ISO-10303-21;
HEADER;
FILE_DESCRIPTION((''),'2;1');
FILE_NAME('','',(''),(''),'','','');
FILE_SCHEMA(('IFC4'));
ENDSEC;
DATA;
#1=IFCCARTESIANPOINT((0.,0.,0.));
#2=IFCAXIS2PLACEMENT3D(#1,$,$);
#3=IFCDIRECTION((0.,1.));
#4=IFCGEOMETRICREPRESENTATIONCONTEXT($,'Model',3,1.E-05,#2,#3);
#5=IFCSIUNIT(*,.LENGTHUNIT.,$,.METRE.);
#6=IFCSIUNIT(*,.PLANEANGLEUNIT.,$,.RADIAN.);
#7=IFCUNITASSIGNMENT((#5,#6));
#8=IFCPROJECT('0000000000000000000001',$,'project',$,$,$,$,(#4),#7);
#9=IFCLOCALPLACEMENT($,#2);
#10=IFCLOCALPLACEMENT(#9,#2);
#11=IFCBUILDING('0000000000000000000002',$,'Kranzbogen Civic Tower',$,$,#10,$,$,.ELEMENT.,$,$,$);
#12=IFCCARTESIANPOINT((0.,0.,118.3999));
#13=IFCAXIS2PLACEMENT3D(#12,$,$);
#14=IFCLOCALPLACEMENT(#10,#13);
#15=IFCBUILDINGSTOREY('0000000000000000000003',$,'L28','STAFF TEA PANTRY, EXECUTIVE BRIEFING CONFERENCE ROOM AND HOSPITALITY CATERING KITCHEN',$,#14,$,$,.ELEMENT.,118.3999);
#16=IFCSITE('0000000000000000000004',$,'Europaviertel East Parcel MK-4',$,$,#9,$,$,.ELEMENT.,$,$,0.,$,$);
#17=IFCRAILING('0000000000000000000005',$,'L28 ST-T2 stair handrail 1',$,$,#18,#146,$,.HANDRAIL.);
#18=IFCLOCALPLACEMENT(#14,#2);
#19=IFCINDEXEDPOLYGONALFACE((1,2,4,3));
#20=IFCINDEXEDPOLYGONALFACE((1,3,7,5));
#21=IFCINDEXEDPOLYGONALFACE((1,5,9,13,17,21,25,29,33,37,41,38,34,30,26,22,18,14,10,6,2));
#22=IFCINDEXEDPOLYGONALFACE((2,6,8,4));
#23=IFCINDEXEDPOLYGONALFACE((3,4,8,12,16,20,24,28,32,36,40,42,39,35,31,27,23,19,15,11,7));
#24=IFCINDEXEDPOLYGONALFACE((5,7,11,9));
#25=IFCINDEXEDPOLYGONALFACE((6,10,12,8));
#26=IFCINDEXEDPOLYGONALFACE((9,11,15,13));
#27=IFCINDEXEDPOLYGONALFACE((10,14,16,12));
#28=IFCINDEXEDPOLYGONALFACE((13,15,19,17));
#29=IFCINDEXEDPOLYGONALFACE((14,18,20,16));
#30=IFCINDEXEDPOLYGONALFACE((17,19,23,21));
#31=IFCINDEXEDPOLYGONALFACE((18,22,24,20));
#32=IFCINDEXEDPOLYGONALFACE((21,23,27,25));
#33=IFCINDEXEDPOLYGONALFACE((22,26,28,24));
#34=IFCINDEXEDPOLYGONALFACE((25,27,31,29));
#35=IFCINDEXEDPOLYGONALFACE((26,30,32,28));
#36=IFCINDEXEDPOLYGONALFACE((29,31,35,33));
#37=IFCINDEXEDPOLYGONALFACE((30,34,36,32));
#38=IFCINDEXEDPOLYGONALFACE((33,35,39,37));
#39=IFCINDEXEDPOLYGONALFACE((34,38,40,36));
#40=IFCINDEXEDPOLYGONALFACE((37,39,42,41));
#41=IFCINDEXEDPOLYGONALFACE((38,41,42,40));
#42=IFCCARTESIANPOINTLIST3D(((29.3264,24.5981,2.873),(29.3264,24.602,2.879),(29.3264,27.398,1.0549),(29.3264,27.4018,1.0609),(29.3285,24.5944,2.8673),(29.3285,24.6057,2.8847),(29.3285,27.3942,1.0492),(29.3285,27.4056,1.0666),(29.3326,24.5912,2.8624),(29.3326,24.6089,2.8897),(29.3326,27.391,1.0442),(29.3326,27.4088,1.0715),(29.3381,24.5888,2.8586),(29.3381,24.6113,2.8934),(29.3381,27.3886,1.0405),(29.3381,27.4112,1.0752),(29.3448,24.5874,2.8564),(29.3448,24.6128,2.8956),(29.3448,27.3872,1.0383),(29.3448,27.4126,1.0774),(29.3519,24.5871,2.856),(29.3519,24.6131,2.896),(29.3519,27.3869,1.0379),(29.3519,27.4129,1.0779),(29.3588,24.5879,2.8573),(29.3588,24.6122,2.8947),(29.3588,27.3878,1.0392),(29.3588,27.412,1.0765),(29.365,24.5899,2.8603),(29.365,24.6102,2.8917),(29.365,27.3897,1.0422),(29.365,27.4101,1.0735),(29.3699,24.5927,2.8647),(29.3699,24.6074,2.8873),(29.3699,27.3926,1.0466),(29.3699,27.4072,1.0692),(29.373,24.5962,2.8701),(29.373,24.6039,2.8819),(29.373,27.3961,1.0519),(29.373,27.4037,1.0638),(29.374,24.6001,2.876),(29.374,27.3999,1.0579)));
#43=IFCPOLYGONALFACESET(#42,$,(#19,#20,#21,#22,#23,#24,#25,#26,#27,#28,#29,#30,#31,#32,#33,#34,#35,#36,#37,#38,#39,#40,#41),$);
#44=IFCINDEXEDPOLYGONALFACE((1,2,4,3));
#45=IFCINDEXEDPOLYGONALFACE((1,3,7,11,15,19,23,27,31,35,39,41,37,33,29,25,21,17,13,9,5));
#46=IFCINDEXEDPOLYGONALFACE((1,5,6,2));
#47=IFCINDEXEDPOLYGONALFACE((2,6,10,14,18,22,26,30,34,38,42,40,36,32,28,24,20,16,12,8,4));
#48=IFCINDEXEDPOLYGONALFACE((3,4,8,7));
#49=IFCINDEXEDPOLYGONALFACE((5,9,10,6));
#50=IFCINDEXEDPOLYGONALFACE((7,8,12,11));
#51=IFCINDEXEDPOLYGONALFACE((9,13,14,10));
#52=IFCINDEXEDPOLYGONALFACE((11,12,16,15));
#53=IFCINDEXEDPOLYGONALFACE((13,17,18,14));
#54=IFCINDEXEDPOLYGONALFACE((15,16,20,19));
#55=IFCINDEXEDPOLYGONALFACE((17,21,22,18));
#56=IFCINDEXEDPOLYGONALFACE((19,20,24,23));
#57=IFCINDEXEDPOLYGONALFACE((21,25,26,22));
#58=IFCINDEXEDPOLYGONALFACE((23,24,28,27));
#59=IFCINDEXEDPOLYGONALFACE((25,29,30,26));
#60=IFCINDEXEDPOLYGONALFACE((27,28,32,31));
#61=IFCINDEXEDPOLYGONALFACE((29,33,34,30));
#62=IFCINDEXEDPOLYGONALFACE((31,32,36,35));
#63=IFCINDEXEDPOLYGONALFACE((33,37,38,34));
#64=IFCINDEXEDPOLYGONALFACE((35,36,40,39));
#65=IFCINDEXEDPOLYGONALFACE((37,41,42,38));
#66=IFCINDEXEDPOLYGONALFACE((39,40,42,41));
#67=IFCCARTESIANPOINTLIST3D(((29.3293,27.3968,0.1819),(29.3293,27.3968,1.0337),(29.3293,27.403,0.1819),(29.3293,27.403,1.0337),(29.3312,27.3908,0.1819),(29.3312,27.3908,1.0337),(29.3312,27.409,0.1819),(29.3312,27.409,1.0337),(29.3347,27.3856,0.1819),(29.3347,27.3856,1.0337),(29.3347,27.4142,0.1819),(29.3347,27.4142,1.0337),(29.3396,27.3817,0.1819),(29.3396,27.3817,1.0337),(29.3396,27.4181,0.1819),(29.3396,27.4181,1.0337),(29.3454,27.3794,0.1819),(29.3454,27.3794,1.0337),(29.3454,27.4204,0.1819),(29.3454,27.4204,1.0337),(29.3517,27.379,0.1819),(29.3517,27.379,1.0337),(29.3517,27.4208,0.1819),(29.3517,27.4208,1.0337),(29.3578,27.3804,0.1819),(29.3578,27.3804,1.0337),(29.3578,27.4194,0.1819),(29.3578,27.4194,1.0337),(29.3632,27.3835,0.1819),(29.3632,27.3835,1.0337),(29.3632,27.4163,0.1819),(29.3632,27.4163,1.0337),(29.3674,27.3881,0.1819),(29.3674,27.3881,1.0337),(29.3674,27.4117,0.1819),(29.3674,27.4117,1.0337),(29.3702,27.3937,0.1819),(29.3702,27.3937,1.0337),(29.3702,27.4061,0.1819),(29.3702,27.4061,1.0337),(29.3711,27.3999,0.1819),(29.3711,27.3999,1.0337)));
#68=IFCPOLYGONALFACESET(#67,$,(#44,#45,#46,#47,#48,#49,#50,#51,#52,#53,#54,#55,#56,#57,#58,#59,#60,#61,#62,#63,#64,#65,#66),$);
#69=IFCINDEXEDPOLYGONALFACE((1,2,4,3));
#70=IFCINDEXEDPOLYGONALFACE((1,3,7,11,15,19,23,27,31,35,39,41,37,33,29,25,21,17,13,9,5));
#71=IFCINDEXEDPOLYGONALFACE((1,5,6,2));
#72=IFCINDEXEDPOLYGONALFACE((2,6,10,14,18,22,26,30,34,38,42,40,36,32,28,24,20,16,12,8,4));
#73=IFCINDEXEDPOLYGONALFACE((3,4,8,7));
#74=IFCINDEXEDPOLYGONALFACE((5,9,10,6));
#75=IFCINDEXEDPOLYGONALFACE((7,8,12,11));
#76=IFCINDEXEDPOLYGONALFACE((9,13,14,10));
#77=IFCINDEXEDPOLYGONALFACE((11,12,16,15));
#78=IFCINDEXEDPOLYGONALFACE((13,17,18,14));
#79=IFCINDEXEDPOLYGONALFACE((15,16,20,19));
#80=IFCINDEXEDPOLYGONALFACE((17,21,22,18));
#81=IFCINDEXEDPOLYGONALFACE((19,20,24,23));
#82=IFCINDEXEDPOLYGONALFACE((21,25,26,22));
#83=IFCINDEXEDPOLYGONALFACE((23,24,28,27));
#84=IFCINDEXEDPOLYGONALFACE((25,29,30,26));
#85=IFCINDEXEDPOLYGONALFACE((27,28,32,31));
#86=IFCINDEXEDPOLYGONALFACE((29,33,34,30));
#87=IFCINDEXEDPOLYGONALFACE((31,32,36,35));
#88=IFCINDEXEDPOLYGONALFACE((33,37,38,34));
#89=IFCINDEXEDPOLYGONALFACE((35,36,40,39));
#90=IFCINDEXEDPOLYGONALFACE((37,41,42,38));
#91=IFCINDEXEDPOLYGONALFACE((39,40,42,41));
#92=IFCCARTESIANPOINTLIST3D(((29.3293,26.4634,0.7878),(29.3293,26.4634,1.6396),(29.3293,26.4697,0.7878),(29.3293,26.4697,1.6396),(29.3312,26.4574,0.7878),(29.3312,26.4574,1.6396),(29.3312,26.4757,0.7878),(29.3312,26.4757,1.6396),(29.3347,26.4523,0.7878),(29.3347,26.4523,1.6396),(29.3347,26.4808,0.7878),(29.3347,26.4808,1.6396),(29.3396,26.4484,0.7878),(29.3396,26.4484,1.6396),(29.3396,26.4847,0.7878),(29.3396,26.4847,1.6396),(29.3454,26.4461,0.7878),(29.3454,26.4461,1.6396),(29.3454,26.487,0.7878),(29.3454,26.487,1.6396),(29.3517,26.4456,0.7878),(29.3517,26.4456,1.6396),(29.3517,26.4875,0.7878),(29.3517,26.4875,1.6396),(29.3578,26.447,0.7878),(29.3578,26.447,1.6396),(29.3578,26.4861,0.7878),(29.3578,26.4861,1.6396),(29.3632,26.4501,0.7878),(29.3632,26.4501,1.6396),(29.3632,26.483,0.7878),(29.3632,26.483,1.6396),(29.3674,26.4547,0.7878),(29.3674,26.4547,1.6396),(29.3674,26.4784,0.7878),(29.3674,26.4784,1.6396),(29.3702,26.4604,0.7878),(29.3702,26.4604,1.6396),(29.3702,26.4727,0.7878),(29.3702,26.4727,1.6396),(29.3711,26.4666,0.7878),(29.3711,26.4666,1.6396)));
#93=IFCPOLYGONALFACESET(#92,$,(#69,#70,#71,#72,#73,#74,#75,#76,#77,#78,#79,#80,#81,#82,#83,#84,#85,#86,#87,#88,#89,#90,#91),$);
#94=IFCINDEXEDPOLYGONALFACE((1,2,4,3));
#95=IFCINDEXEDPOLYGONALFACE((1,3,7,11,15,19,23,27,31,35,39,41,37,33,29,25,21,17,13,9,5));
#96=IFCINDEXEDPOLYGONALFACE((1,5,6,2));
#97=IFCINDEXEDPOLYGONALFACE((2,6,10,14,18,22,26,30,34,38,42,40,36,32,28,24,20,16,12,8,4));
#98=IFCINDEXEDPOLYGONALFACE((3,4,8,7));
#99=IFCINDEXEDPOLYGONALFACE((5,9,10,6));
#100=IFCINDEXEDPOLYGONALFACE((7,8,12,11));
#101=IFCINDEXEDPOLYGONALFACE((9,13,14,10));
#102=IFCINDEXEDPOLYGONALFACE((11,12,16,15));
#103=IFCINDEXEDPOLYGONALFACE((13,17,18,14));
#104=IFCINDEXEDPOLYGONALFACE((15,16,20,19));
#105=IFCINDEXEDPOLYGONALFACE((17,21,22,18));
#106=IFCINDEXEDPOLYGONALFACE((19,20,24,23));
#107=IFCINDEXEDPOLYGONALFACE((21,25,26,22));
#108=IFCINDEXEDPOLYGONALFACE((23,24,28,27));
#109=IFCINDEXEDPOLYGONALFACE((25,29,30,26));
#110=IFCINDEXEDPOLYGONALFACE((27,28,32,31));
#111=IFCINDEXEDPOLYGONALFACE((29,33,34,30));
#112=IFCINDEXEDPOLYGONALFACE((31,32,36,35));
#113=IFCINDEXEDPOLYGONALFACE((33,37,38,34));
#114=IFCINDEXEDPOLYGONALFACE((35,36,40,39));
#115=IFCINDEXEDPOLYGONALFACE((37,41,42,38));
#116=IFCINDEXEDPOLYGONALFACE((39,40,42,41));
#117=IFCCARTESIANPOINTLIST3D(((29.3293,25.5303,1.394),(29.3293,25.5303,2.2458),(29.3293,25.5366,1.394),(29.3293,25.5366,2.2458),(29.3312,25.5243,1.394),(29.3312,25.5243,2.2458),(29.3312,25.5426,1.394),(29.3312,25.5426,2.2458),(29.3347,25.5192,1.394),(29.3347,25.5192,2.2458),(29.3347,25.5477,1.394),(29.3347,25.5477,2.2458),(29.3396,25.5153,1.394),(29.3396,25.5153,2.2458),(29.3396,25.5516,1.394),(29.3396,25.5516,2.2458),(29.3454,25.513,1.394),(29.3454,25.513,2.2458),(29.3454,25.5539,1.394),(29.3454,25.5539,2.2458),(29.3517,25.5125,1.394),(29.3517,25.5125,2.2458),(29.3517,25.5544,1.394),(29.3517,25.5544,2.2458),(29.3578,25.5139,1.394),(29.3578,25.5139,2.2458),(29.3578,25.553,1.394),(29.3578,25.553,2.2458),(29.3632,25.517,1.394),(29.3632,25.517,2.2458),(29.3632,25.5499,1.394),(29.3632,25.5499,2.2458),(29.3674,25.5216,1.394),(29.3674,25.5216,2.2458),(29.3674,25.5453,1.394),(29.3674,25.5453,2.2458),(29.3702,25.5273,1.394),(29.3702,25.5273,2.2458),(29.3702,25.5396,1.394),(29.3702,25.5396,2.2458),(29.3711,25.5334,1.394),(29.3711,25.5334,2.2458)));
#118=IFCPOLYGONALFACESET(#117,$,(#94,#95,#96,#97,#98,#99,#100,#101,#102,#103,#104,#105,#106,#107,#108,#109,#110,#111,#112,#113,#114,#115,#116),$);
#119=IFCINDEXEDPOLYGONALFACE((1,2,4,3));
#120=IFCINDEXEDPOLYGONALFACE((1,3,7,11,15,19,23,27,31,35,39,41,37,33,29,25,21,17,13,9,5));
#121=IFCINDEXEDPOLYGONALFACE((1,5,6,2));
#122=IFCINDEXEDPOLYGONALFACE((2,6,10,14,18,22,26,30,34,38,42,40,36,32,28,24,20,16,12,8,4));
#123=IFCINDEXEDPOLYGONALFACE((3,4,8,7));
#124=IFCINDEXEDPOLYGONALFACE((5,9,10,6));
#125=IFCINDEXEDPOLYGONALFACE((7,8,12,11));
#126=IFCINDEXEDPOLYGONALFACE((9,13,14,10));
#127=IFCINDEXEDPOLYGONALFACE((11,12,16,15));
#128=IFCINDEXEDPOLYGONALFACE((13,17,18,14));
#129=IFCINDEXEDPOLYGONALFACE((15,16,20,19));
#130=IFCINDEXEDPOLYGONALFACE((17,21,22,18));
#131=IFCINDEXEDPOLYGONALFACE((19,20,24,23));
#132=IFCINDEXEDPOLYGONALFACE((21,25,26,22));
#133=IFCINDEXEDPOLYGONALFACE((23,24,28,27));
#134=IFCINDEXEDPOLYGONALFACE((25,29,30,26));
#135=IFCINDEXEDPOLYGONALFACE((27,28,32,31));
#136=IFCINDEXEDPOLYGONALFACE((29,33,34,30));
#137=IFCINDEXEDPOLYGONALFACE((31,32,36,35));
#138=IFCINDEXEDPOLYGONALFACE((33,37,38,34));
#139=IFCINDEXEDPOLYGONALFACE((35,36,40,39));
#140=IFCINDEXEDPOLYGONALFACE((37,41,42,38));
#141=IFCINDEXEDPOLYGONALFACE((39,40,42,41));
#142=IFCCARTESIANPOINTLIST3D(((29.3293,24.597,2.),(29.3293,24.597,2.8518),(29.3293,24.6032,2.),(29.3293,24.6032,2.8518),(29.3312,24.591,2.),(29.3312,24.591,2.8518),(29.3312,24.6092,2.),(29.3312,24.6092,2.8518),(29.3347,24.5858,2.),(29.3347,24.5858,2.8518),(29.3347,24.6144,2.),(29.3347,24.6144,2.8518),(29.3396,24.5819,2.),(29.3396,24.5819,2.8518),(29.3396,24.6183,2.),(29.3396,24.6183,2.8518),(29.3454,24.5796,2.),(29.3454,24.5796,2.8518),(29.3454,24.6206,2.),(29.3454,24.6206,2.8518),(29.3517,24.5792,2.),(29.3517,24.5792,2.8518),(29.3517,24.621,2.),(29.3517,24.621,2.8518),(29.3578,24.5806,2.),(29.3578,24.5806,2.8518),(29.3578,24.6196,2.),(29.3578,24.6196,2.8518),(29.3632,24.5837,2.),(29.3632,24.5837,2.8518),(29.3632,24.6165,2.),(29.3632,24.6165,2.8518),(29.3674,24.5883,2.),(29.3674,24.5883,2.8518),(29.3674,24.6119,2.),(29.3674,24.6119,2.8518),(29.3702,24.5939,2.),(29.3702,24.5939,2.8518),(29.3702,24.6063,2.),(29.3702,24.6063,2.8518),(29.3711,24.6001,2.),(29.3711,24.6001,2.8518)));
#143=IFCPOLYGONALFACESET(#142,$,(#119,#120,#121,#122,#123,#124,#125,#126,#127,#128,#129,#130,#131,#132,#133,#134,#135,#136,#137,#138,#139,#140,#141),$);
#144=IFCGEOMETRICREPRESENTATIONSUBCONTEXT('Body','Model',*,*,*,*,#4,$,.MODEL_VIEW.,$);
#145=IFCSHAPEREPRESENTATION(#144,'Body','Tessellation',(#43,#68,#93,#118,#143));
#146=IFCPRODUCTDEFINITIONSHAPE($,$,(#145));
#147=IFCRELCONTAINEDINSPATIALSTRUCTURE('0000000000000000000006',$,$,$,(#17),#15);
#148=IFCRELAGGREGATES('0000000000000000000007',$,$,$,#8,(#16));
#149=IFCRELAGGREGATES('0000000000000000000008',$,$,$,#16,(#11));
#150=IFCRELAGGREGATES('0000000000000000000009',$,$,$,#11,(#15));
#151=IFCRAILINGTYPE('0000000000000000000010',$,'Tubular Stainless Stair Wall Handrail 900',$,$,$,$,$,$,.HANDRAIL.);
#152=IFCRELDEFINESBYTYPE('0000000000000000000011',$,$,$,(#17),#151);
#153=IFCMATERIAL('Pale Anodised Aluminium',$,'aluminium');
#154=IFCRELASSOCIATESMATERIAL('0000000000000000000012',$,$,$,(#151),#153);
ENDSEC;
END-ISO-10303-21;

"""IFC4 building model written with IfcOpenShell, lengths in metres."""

from ifc_helpers import new_model, si_unit, direction, frame, origin, origin_2d, place, context, subcontext, project, spatial, circle, extrude, material, type_object, element, save


model = new_model("IFC4")

# Units and contexts
model_context = context("Model", 3, precision=1e-05, world=origin(), true_north=direction((0.0, 1.0)))
body_context = subcontext(model_context, "Body", "Model", "MODEL_VIEW")
ifc_project = project(units=[si_unit("LENGTHUNIT", "METRE"), si_unit("PLANEANGLEUNIT", "RADIAN")], contexts=[model_context])

# Site, building, storey
site_placement = place(None, origin())
site = spatial("IfcSite", under=ifc_project, at=site_placement, Name="Europaviertel East Parcel MK-4", CompositionType="ELEMENT", RefElevation=0.0)
building_placement = place(site_placement, origin())
building = spatial("IfcBuilding", under=site, at=building_placement, Name="Kranzbogen Civic Tower", CompositionType="ELEMENT")
storey_placement = place(building_placement, frame((0.0, 0.0, 118.3999)))
storey = spatial("IfcBuildingStorey", under=building, at=storey_placement, Name="L28", Description="STAFF TEA PANTRY, EXECUTIVE BRIEFING CONFERENCE ROOM AND HOSPITALITY CATERING KITCHEN", CompositionType="ELEMENT", Elevation=118.3999)

# Shared definitions
ifc_material_1 = material(Name="Pale Anodised Aluminium", Category="aluminium")

# Railing
railing_type_1 = type_object("IfcRailingType", Name="Tubular Stainless Stair Wall Handrail 900", PredefinedType="HANDRAIL", material=ifc_material_1)
railing_1_placement = place(storey_placement, frame((29.3501, 27.3999, 0.1819)))
element("IfcRailing", 1, at=railing_1_placement, inside=storey, type_object=railing_type_1, Name="L28 ST-T2 stair handrail 1", PredefinedType="HANDRAIL", context=body_context, shape_type="SweptSolid", body=[
    extrude(circle(Radius=0.0239, at=origin_2d()), frame((0.0, 0.0, 0.876), z_axis=(0.0, -0.838684, 0.544618), x_axis=(1.0, 0.0, 0.0)), (0.0, 0.0, 1.0), 3.3384),
    extrude(circle(Radius=0.021, at=origin_2d()), origin(), (0.0, 0.0, 1.0), 0.8518),
    extrude(circle(Radius=0.021, at=origin_2d()), frame((0.0, -0.9333, 0.606)), (0.0, 0.0, 1.0), 0.8518),
    extrude(circle(Radius=0.021, at=origin_2d()), frame((0.0, -1.8665, 1.2122)), (0.0, 0.0, 1.0), 0.8518),
    extrude(circle(Radius=0.021, at=origin_2d()), frame((0.0, -2.7998, 1.8181)), (0.0, 0.0, 1.0), 0.8518),
])

save(model, "model.ifc")
